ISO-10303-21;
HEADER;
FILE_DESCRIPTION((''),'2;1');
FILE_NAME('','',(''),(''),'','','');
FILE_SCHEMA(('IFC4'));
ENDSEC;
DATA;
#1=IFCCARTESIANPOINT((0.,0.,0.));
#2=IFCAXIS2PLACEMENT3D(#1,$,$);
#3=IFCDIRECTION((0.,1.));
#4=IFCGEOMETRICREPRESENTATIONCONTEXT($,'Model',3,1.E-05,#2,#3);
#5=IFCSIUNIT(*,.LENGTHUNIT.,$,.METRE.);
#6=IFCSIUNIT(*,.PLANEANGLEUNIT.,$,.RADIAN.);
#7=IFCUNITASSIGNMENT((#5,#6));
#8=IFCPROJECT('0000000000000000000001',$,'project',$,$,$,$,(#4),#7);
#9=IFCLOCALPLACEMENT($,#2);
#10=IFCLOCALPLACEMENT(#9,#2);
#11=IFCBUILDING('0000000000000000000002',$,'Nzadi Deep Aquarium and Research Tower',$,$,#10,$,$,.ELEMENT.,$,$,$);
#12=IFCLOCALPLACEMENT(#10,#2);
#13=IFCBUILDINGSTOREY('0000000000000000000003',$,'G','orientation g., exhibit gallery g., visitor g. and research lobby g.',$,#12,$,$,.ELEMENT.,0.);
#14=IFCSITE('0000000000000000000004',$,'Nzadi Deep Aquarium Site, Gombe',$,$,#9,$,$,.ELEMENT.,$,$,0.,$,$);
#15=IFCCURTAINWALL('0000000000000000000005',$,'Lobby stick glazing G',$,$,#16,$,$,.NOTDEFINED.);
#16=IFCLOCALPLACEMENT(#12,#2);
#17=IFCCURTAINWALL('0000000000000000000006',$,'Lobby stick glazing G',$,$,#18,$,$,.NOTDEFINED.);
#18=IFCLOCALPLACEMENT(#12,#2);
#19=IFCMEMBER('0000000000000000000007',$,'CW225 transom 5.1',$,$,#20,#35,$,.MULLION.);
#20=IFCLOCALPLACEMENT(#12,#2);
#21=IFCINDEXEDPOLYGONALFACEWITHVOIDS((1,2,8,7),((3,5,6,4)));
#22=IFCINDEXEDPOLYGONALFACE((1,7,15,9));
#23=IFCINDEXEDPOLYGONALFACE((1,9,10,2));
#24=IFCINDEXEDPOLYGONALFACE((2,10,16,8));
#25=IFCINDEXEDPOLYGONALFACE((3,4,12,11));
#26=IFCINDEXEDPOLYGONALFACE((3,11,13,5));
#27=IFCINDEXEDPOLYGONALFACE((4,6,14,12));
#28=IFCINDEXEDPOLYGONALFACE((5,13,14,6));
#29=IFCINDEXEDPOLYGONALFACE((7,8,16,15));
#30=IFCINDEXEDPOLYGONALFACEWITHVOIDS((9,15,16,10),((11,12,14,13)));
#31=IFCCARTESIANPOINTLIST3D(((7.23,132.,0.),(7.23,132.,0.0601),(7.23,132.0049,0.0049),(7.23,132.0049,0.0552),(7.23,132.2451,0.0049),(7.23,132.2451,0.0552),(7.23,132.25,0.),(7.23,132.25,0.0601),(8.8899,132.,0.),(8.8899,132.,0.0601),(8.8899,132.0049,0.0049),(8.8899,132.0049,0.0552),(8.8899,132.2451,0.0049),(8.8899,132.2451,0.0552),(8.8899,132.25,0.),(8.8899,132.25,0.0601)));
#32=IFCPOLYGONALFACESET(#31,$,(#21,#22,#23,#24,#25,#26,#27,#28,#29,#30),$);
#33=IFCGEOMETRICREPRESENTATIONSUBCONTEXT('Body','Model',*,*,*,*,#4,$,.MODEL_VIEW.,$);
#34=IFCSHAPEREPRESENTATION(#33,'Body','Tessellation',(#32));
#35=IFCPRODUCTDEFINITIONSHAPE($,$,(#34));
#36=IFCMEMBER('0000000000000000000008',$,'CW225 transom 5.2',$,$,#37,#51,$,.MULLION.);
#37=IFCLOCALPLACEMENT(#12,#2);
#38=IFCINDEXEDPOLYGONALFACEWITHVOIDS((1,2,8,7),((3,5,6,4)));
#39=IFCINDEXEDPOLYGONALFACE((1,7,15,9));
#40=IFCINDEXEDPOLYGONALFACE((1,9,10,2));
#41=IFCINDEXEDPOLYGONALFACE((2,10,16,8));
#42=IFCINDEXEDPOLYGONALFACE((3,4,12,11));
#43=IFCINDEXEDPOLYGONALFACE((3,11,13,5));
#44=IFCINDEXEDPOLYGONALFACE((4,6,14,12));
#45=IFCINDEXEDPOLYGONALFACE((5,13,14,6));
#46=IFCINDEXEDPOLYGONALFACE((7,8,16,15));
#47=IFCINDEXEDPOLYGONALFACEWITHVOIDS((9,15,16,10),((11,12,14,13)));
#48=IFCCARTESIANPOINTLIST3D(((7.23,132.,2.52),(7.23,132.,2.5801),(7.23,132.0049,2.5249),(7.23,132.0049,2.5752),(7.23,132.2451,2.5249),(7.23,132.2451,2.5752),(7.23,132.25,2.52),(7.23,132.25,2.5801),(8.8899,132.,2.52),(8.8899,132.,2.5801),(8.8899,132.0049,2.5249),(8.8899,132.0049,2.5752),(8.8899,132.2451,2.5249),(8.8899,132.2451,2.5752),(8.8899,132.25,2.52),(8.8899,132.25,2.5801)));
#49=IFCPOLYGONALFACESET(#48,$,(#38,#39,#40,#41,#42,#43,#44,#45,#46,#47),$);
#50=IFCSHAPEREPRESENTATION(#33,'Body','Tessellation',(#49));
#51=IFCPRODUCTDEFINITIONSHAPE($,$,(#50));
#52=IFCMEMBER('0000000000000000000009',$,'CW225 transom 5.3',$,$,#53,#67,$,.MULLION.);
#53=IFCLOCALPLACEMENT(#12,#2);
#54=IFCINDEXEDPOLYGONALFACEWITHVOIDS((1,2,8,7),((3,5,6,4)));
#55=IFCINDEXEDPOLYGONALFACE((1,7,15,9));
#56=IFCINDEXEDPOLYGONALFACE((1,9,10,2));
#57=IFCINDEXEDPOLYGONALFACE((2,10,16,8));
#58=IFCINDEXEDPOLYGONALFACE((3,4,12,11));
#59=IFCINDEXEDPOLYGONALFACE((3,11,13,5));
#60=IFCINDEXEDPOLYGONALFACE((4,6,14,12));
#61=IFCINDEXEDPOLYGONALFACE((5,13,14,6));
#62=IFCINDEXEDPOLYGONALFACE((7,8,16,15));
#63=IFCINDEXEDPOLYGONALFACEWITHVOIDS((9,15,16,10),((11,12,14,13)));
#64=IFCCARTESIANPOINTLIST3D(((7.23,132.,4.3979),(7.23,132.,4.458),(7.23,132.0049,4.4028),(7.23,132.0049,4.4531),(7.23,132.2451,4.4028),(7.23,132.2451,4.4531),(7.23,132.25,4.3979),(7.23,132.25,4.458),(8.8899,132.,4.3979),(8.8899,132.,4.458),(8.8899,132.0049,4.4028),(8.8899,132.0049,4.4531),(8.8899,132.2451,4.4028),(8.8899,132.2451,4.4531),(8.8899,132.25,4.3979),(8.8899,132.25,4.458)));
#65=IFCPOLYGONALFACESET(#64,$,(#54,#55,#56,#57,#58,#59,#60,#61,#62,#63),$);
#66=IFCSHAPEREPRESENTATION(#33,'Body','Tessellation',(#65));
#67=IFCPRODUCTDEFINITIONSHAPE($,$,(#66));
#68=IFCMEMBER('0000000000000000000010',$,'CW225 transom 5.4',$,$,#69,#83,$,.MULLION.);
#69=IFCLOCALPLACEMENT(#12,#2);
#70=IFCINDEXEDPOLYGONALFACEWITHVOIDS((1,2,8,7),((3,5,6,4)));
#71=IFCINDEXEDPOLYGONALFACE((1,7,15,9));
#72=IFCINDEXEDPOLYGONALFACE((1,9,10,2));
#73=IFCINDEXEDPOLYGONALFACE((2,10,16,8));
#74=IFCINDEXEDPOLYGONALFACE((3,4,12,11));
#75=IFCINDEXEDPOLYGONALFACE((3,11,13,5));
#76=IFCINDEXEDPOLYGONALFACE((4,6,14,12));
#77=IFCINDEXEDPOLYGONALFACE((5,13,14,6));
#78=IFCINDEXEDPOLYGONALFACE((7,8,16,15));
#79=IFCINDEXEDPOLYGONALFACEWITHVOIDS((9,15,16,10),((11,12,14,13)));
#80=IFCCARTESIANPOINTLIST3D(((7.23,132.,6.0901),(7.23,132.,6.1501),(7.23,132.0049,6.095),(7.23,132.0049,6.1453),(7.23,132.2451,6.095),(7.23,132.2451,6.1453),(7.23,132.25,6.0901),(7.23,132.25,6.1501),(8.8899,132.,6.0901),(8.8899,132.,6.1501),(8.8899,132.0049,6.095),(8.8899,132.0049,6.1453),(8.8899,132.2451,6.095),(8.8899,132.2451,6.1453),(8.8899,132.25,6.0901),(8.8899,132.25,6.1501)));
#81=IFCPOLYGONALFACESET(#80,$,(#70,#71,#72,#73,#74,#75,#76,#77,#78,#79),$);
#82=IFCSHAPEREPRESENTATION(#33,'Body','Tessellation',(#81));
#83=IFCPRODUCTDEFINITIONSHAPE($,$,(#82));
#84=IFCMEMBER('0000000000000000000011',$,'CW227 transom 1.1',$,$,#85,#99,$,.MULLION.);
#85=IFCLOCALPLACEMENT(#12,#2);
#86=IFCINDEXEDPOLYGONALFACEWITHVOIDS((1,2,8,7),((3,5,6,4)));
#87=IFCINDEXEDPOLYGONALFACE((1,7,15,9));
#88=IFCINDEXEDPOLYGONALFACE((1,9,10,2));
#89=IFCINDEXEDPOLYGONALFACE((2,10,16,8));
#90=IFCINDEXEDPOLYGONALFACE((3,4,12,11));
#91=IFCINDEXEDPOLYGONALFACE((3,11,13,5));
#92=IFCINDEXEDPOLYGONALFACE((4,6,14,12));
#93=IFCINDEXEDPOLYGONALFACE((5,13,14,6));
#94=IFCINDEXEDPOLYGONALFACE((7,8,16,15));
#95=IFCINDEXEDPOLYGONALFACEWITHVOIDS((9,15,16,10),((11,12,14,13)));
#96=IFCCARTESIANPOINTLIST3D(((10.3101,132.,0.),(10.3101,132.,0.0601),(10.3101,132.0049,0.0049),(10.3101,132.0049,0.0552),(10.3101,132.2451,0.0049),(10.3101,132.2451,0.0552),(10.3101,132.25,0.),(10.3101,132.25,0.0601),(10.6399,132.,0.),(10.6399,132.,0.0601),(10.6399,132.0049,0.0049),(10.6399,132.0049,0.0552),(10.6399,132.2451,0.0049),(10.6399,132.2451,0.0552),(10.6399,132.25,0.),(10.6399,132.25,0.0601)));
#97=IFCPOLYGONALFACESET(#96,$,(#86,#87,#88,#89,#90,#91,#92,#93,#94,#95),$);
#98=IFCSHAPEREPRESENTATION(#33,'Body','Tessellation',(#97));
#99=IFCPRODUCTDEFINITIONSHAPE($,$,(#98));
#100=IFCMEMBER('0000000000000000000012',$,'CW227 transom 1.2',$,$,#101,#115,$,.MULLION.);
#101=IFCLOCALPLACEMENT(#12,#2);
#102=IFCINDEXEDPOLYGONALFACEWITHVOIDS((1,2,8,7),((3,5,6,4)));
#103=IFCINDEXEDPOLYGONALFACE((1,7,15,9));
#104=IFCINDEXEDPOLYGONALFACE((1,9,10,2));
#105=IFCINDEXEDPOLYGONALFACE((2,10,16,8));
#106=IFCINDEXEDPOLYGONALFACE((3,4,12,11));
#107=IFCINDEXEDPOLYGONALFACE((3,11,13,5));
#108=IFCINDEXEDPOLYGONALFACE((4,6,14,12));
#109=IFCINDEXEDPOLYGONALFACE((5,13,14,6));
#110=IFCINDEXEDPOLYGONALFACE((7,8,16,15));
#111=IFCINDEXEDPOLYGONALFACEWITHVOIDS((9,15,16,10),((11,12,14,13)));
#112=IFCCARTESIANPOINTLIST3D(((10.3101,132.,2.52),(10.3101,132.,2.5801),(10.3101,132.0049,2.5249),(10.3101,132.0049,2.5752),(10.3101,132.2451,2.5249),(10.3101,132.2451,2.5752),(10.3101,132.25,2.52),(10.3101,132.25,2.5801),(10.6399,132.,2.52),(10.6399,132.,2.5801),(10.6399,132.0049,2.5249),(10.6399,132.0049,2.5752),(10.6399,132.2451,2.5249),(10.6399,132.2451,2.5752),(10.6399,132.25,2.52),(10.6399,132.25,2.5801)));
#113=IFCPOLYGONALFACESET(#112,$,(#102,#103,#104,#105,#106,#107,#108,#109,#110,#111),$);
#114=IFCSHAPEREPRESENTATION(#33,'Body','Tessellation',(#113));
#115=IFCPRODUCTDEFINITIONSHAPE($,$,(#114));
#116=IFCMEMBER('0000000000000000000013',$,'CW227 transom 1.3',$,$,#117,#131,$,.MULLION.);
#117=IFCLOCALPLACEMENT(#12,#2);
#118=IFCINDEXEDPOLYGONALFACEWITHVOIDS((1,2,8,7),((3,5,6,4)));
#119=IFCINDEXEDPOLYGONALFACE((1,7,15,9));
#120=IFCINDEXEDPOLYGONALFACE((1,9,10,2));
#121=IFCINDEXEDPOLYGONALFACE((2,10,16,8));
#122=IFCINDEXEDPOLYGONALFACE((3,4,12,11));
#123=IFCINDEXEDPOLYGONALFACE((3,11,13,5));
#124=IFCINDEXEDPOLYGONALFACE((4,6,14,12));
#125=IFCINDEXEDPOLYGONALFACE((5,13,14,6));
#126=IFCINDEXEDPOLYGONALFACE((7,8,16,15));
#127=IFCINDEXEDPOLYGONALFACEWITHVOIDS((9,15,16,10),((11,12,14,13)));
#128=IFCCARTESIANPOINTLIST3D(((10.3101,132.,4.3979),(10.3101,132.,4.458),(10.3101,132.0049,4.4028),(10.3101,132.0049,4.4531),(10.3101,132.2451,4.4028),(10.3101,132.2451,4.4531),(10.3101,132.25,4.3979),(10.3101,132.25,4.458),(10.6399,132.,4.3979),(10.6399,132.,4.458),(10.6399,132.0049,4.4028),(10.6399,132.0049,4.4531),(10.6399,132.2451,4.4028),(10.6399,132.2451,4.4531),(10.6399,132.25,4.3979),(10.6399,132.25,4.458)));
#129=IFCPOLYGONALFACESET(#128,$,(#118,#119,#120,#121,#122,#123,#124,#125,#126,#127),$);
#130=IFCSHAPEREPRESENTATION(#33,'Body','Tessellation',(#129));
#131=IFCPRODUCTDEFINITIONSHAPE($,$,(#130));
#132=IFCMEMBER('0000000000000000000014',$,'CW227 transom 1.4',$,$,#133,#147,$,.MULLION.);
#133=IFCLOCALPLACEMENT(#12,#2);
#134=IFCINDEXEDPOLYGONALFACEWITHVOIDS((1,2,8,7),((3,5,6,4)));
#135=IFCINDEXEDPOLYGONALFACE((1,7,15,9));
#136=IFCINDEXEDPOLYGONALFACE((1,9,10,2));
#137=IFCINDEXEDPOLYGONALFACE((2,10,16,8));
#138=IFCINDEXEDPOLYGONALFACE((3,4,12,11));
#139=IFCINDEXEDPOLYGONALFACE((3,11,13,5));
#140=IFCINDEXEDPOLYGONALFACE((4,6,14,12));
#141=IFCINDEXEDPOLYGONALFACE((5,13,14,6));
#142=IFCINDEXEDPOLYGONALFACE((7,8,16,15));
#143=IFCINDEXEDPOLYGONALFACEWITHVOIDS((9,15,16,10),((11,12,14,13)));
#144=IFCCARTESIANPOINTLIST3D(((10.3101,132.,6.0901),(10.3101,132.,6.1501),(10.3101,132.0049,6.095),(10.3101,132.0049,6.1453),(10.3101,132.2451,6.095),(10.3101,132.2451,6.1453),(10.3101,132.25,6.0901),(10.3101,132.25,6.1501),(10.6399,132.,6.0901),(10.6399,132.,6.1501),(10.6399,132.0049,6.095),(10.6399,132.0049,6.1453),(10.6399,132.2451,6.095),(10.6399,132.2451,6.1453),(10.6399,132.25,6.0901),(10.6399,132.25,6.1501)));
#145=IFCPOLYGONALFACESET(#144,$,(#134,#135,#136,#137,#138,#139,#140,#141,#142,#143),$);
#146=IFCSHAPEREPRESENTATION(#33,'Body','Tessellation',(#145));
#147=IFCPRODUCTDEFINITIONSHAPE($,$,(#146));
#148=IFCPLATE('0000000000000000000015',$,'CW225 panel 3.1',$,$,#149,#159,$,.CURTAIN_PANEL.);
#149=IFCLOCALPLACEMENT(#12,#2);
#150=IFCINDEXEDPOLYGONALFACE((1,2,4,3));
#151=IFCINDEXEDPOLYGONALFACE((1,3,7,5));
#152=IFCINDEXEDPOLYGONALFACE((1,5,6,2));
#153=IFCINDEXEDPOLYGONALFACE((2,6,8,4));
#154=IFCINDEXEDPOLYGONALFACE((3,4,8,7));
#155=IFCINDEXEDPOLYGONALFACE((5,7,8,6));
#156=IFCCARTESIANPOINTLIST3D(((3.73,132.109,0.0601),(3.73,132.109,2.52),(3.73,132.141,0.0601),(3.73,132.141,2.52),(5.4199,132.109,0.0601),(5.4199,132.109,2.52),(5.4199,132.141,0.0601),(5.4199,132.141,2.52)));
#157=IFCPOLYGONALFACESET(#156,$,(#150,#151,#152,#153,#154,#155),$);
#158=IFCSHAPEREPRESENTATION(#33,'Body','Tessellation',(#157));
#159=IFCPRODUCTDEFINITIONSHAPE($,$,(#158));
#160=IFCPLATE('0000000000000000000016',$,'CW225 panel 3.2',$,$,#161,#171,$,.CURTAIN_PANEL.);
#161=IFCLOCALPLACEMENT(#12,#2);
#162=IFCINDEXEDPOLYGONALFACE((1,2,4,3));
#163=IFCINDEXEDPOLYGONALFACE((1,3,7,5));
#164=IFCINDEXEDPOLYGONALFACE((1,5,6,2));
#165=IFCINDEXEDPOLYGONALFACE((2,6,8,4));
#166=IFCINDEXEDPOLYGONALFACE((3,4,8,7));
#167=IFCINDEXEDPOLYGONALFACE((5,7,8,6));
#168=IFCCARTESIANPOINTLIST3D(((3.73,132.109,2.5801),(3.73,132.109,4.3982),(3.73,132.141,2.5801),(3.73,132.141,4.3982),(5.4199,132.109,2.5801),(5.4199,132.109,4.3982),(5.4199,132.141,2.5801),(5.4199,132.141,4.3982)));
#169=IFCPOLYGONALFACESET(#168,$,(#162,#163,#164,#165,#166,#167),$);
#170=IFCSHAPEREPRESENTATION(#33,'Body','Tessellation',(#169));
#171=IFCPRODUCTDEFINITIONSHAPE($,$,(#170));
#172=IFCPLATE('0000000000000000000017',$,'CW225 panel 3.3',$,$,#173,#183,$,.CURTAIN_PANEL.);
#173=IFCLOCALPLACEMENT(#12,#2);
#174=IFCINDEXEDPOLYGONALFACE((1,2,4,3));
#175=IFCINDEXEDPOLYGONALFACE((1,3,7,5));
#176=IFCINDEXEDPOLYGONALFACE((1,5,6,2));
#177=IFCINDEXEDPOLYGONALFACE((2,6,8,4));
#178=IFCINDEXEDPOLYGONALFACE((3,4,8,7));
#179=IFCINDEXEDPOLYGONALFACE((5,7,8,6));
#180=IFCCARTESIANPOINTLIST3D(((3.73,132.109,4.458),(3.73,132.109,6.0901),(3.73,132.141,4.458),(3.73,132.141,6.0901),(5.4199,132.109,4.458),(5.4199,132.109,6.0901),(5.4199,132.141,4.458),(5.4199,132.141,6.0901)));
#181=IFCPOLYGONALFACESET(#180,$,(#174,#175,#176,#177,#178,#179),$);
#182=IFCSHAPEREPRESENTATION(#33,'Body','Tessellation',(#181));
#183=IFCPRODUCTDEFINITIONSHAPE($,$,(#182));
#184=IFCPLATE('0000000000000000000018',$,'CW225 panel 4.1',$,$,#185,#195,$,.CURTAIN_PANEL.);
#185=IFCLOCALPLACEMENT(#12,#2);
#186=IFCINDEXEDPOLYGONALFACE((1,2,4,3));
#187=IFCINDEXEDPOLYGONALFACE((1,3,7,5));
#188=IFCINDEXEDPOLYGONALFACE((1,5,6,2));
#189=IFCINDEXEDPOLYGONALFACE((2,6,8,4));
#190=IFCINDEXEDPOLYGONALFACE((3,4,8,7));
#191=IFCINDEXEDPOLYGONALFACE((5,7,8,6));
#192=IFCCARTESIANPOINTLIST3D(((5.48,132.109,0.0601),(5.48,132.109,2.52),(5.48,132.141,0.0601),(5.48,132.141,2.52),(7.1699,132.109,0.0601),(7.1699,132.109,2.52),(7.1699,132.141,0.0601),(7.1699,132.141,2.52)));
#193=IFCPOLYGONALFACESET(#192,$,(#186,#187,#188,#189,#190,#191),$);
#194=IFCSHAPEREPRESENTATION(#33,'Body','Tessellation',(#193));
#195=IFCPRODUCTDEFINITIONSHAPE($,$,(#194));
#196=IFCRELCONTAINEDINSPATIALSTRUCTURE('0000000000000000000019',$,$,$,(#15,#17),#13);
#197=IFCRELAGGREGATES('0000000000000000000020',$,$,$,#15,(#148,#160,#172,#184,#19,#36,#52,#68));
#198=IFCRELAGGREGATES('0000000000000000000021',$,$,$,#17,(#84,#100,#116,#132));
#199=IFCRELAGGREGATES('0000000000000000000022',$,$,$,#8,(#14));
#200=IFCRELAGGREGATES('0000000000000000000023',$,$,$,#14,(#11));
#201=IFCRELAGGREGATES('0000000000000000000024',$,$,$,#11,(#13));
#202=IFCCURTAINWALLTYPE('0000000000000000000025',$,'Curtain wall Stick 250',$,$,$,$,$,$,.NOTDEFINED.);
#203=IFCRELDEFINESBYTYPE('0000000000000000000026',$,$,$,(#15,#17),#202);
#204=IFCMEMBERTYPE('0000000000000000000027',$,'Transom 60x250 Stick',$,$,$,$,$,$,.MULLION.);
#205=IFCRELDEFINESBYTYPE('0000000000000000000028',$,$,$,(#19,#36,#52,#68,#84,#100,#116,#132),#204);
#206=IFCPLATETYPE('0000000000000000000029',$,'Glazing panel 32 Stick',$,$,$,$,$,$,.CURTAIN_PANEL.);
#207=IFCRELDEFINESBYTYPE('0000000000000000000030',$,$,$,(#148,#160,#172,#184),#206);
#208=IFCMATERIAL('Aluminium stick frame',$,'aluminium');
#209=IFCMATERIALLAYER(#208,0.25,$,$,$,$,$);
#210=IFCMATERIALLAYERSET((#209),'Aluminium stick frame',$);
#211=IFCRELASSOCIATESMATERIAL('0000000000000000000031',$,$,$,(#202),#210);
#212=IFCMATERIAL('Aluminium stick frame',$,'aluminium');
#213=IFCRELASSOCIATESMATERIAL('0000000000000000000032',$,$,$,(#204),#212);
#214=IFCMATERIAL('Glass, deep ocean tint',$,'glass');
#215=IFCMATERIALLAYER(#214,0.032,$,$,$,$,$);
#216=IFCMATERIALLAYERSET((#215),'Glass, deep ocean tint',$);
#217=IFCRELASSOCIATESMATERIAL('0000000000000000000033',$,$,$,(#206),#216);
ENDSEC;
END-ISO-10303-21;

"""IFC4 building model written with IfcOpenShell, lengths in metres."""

from ifc_helpers import new_model, si_unit, direction, frame, origin, origin_2d, place, context, subcontext, project, spatial, rectangle, hollow_rectangle, extrude, material, layer, layer_set, material_profile, profile_set, type_object, element, aggregate, save


model = new_model("IFC4")

# Units and contexts
model_context = context("Model", 3, precision=1e-05, world=origin(), true_north=direction((0.0, 1.0)))
body_context = subcontext(model_context, "Body", "Model", "MODEL_VIEW")
ifc_project = project(units=[si_unit("LENGTHUNIT", "METRE"), si_unit("PLANEANGLEUNIT", "RADIAN")], contexts=[model_context])

# Site, building, storey
site_placement = place(None, origin())
site = spatial("IfcSite", under=ifc_project, at=site_placement, Name="Nzadi Deep Aquarium Site, Gombe", CompositionType="ELEMENT", RefElevation=0.0)
building_placement = place(site_placement, origin())
building = spatial("IfcBuilding", under=site, at=building_placement, Name="Nzadi Deep Aquarium and Research Tower", CompositionType="ELEMENT")
storey_placement = place(building_placement, origin())
storey = spatial("IfcBuildingStorey", under=building, at=storey_placement, Name="G", Description="orientation g., exhibit gallery g., visitor g. and research lobby g.", CompositionType="ELEMENT", Elevation=0.0)

# Curtain wall
ifc_material_1 = material(Name="Aluminium stick frame", Category="aluminium")
ifc_layer_1 = layer(ifc_material_1, 0.25)
ifc_layer_set_1 = layer_set([ifc_layer_1], Name="Aluminium stick frame")
curtain_wall_type = type_object("IfcCurtainWallType", Name="Curtain wall Stick 250", PredefinedType="NOTDEFINED", material=ifc_layer_set_1)
curtain_wall_1_placement = place(storey_placement, origin())
curtain_wall_1 = element("IfcCurtainWall", 1, at=curtain_wall_1_placement, inside=storey, type_object=curtain_wall_type, Name="Lobby stick glazing G", PredefinedType="NOTDEFINED")

# Curtain wall
curtain_wall_2_placement = place(storey_placement, origin())
curtain_wall_2 = element("IfcCurtainWall", 2, at=curtain_wall_2_placement, inside=storey, type_object=curtain_wall_type, Name="Lobby stick glazing G", PredefinedType="NOTDEFINED")

# Members
ifc_material_2 = material(Name="Aluminium stick frame", Category="aluminium")
ifc_material_profile_1 = material_profile(ifc_material_2, hollow_rectangle(XDim=0.25, YDim=0.0601, WallThickness=0.0049, at=origin_2d()))
ifc_profile_set_1 = profile_set([ifc_material_profile_1], Name="Aluminium stick frame")
member_type_1 = type_object("IfcMemberType", Name="Transom 60x250 Stick", PredefinedType="MULLION", material=ifc_profile_set_1)
member_1_placement = place(storey_placement, frame((7.23, 132.125, 0.03), z_axis=(1.0, 0.0, 0.0), x_axis=(0.0, 1.0, 0.0)))
member_1 = element("IfcMember", 3, at=member_1_placement, type_object=member_type_1, Name="CW225 transom 5.1", PredefinedType="MULLION", context=body_context, shape_type="SweptSolid", body=[
    extrude(hollow_rectangle(XDim=0.25, YDim=0.0601, WallThickness=0.0049, at=origin_2d()), origin(), (0.0, 0.0, 1.0), 1.6599),
])
member_2_placement = place(storey_placement, frame((7.23, 132.125, 2.55), z_axis=(1.0, 0.0, 0.0), x_axis=(0.0, 1.0, 0.0)))
member_2 = element("IfcMember", 4, at=member_2_placement, type_object=member_type_1, Name="CW225 transom 5.2", PredefinedType="MULLION", context=body_context, shape_type="SweptSolid", body=[
    extrude(hollow_rectangle(XDim=0.25, YDim=0.0601, WallThickness=0.0049, at=origin_2d()), origin(), (0.0, 0.0, 1.0), 1.6599),
])
member_3_placement = place(storey_placement, frame((7.23, 132.125, 4.428), z_axis=(1.0, 0.0, 0.0), x_axis=(0.0, 1.0, 0.0)))
member_3 = element("IfcMember", 5, at=member_3_placement, type_object=member_type_1, Name="CW225 transom 5.3", PredefinedType="MULLION", context=body_context, shape_type="SweptSolid", body=[
    extrude(hollow_rectangle(XDim=0.25, YDim=0.0601, WallThickness=0.0049, at=origin_2d()), origin(), (0.0, 0.0, 1.0), 1.6599),
])
member_4_placement = place(storey_placement, frame((7.23, 132.125, 6.1201), z_axis=(1.0, 0.0, 0.0), x_axis=(0.0, 1.0, 0.0)))
member_4 = element("IfcMember", 6, at=member_4_placement, type_object=member_type_1, Name="CW225 transom 5.4", PredefinedType="MULLION", context=body_context, shape_type="SweptSolid", body=[
    extrude(hollow_rectangle(XDim=0.25, YDim=0.0601, WallThickness=0.0049, at=origin_2d()), origin(), (0.0, 0.0, 1.0), 1.6599),
])
member_5_placement = place(storey_placement, frame((10.3101, 132.125, 0.03), z_axis=(1.0, 0.0, 0.0), x_axis=(0.0, 1.0, 0.0)))
member_5 = element("IfcMember", 7, at=member_5_placement, type_object=member_type_1, Name="CW227 transom 1.1", PredefinedType="MULLION", context=body_context, shape_type="SweptSolid", body=[
    extrude(hollow_rectangle(XDim=0.25, YDim=0.0601, WallThickness=0.0049, at=origin_2d()), origin(), (0.0, 0.0, 1.0), 0.3298),
])
member_6_placement = place(storey_placement, frame((10.3101, 132.125, 2.55), z_axis=(1.0, 0.0, 0.0), x_axis=(0.0, 1.0, 0.0)))
member_6 = element("IfcMember", 8, at=member_6_placement, type_object=member_type_1, Name="CW227 transom 1.2", PredefinedType="MULLION", context=body_context, shape_type="SweptSolid", body=[
    extrude(hollow_rectangle(XDim=0.25, YDim=0.0601, WallThickness=0.0049, at=origin_2d()), origin(), (0.0, 0.0, 1.0), 0.3298),
])
member_7_placement = place(storey_placement, frame((10.3101, 132.125, 4.428), z_axis=(1.0, 0.0, 0.0), x_axis=(0.0, 1.0, 0.0)))
member_7 = element("IfcMember", 9, at=member_7_placement, type_object=member_type_1, Name="CW227 transom 1.3", PredefinedType="MULLION", context=body_context, shape_type="SweptSolid", body=[
    extrude(hollow_rectangle(XDim=0.25, YDim=0.0601, WallThickness=0.0049, at=origin_2d()), origin(), (0.0, 0.0, 1.0), 0.3298),
])
member_8_placement = place(storey_placement, frame((10.3101, 132.125, 6.1201), z_axis=(1.0, 0.0, 0.0), x_axis=(0.0, 1.0, 0.0)))
member_8 = element("IfcMember", 10, at=member_8_placement, type_object=member_type_1, Name="CW227 transom 1.4", PredefinedType="MULLION", context=body_context, shape_type="SweptSolid", body=[
    extrude(hollow_rectangle(XDim=0.25, YDim=0.0601, WallThickness=0.0049, at=origin_2d()), origin(), (0.0, 0.0, 1.0), 0.3298),
])

# Plates
ifc_material_3 = material(Name="Glass, deep ocean tint", Category="glass")
ifc_layer_2 = layer(ifc_material_3, 0.032)
ifc_layer_set_2 = layer_set([ifc_layer_2], Name="Glass, deep ocean tint")
plate_type = type_object("IfcPlateType", Name="Glazing panel 32 Stick", PredefinedType="CURTAIN_PANEL", material=ifc_layer_set_2)
plate_1_placement = place(storey_placement, frame((4.575, 132.125, 0.0601), z_axis=(0.0, 0.0, 1.0), x_axis=(1.0, 0.0, 0.0)))
plate_1 = element("IfcPlate", 11, at=plate_1_placement, type_object=plate_type, Name="CW225 panel 3.1", PredefinedType="CURTAIN_PANEL", context=body_context, shape_type="SweptSolid", body=[
    extrude(rectangle(XDim=1.6899, YDim=0.032, at=origin_2d()), origin(), (0.0, 0.0, 1.0), 2.46),
])
plate_2_placement = place(storey_placement, frame((4.575, 132.125, 2.5801), z_axis=(0.0, 0.0, 1.0), x_axis=(1.0, 0.0, 0.0)))
plate_2 = element("IfcPlate", 12, at=plate_2_placement, type_object=plate_type, Name="CW225 panel 3.2", PredefinedType="CURTAIN_PANEL", context=body_context, shape_type="SweptSolid", body=[
    extrude(rectangle(XDim=1.6899, YDim=0.032, at=origin_2d()), origin(), (0.0, 0.0, 1.0), 1.8181),
])
plate_3_placement = place(storey_placement, frame((4.575, 132.125, 4.458), z_axis=(0.0, 0.0, 1.0), x_axis=(1.0, 0.0, 0.0)))
plate_3 = element("IfcPlate", 13, at=plate_3_placement, type_object=plate_type, Name="CW225 panel 3.3", PredefinedType="CURTAIN_PANEL", context=body_context, shape_type="SweptSolid", body=[
    extrude(rectangle(XDim=1.6899, YDim=0.032, at=origin_2d()), origin(), (0.0, 0.0, 1.0), 1.6321),
])
plate_4_placement = place(storey_placement, frame((6.325, 132.125, 0.0601), z_axis=(0.0, 0.0, 1.0), x_axis=(1.0, 0.0, 0.0)))
plate_4 = element("IfcPlate", 14, at=plate_4_placement, type_object=plate_type, Name="CW225 panel 4.1", PredefinedType="CURTAIN_PANEL", context=body_context, shape_type="SweptSolid", body=[
    extrude(rectangle(XDim=1.6899, YDim=0.032, at=origin_2d()), origin(), (0.0, 0.0, 1.0), 2.46),
])
aggregate(curtain_wall_1, [plate_1, plate_2, plate_3, plate_4, member_1, member_2, member_3, member_4])
aggregate(curtain_wall_2, [member_5, member_6, member_7, member_8])

save(model, "model.ifc")
